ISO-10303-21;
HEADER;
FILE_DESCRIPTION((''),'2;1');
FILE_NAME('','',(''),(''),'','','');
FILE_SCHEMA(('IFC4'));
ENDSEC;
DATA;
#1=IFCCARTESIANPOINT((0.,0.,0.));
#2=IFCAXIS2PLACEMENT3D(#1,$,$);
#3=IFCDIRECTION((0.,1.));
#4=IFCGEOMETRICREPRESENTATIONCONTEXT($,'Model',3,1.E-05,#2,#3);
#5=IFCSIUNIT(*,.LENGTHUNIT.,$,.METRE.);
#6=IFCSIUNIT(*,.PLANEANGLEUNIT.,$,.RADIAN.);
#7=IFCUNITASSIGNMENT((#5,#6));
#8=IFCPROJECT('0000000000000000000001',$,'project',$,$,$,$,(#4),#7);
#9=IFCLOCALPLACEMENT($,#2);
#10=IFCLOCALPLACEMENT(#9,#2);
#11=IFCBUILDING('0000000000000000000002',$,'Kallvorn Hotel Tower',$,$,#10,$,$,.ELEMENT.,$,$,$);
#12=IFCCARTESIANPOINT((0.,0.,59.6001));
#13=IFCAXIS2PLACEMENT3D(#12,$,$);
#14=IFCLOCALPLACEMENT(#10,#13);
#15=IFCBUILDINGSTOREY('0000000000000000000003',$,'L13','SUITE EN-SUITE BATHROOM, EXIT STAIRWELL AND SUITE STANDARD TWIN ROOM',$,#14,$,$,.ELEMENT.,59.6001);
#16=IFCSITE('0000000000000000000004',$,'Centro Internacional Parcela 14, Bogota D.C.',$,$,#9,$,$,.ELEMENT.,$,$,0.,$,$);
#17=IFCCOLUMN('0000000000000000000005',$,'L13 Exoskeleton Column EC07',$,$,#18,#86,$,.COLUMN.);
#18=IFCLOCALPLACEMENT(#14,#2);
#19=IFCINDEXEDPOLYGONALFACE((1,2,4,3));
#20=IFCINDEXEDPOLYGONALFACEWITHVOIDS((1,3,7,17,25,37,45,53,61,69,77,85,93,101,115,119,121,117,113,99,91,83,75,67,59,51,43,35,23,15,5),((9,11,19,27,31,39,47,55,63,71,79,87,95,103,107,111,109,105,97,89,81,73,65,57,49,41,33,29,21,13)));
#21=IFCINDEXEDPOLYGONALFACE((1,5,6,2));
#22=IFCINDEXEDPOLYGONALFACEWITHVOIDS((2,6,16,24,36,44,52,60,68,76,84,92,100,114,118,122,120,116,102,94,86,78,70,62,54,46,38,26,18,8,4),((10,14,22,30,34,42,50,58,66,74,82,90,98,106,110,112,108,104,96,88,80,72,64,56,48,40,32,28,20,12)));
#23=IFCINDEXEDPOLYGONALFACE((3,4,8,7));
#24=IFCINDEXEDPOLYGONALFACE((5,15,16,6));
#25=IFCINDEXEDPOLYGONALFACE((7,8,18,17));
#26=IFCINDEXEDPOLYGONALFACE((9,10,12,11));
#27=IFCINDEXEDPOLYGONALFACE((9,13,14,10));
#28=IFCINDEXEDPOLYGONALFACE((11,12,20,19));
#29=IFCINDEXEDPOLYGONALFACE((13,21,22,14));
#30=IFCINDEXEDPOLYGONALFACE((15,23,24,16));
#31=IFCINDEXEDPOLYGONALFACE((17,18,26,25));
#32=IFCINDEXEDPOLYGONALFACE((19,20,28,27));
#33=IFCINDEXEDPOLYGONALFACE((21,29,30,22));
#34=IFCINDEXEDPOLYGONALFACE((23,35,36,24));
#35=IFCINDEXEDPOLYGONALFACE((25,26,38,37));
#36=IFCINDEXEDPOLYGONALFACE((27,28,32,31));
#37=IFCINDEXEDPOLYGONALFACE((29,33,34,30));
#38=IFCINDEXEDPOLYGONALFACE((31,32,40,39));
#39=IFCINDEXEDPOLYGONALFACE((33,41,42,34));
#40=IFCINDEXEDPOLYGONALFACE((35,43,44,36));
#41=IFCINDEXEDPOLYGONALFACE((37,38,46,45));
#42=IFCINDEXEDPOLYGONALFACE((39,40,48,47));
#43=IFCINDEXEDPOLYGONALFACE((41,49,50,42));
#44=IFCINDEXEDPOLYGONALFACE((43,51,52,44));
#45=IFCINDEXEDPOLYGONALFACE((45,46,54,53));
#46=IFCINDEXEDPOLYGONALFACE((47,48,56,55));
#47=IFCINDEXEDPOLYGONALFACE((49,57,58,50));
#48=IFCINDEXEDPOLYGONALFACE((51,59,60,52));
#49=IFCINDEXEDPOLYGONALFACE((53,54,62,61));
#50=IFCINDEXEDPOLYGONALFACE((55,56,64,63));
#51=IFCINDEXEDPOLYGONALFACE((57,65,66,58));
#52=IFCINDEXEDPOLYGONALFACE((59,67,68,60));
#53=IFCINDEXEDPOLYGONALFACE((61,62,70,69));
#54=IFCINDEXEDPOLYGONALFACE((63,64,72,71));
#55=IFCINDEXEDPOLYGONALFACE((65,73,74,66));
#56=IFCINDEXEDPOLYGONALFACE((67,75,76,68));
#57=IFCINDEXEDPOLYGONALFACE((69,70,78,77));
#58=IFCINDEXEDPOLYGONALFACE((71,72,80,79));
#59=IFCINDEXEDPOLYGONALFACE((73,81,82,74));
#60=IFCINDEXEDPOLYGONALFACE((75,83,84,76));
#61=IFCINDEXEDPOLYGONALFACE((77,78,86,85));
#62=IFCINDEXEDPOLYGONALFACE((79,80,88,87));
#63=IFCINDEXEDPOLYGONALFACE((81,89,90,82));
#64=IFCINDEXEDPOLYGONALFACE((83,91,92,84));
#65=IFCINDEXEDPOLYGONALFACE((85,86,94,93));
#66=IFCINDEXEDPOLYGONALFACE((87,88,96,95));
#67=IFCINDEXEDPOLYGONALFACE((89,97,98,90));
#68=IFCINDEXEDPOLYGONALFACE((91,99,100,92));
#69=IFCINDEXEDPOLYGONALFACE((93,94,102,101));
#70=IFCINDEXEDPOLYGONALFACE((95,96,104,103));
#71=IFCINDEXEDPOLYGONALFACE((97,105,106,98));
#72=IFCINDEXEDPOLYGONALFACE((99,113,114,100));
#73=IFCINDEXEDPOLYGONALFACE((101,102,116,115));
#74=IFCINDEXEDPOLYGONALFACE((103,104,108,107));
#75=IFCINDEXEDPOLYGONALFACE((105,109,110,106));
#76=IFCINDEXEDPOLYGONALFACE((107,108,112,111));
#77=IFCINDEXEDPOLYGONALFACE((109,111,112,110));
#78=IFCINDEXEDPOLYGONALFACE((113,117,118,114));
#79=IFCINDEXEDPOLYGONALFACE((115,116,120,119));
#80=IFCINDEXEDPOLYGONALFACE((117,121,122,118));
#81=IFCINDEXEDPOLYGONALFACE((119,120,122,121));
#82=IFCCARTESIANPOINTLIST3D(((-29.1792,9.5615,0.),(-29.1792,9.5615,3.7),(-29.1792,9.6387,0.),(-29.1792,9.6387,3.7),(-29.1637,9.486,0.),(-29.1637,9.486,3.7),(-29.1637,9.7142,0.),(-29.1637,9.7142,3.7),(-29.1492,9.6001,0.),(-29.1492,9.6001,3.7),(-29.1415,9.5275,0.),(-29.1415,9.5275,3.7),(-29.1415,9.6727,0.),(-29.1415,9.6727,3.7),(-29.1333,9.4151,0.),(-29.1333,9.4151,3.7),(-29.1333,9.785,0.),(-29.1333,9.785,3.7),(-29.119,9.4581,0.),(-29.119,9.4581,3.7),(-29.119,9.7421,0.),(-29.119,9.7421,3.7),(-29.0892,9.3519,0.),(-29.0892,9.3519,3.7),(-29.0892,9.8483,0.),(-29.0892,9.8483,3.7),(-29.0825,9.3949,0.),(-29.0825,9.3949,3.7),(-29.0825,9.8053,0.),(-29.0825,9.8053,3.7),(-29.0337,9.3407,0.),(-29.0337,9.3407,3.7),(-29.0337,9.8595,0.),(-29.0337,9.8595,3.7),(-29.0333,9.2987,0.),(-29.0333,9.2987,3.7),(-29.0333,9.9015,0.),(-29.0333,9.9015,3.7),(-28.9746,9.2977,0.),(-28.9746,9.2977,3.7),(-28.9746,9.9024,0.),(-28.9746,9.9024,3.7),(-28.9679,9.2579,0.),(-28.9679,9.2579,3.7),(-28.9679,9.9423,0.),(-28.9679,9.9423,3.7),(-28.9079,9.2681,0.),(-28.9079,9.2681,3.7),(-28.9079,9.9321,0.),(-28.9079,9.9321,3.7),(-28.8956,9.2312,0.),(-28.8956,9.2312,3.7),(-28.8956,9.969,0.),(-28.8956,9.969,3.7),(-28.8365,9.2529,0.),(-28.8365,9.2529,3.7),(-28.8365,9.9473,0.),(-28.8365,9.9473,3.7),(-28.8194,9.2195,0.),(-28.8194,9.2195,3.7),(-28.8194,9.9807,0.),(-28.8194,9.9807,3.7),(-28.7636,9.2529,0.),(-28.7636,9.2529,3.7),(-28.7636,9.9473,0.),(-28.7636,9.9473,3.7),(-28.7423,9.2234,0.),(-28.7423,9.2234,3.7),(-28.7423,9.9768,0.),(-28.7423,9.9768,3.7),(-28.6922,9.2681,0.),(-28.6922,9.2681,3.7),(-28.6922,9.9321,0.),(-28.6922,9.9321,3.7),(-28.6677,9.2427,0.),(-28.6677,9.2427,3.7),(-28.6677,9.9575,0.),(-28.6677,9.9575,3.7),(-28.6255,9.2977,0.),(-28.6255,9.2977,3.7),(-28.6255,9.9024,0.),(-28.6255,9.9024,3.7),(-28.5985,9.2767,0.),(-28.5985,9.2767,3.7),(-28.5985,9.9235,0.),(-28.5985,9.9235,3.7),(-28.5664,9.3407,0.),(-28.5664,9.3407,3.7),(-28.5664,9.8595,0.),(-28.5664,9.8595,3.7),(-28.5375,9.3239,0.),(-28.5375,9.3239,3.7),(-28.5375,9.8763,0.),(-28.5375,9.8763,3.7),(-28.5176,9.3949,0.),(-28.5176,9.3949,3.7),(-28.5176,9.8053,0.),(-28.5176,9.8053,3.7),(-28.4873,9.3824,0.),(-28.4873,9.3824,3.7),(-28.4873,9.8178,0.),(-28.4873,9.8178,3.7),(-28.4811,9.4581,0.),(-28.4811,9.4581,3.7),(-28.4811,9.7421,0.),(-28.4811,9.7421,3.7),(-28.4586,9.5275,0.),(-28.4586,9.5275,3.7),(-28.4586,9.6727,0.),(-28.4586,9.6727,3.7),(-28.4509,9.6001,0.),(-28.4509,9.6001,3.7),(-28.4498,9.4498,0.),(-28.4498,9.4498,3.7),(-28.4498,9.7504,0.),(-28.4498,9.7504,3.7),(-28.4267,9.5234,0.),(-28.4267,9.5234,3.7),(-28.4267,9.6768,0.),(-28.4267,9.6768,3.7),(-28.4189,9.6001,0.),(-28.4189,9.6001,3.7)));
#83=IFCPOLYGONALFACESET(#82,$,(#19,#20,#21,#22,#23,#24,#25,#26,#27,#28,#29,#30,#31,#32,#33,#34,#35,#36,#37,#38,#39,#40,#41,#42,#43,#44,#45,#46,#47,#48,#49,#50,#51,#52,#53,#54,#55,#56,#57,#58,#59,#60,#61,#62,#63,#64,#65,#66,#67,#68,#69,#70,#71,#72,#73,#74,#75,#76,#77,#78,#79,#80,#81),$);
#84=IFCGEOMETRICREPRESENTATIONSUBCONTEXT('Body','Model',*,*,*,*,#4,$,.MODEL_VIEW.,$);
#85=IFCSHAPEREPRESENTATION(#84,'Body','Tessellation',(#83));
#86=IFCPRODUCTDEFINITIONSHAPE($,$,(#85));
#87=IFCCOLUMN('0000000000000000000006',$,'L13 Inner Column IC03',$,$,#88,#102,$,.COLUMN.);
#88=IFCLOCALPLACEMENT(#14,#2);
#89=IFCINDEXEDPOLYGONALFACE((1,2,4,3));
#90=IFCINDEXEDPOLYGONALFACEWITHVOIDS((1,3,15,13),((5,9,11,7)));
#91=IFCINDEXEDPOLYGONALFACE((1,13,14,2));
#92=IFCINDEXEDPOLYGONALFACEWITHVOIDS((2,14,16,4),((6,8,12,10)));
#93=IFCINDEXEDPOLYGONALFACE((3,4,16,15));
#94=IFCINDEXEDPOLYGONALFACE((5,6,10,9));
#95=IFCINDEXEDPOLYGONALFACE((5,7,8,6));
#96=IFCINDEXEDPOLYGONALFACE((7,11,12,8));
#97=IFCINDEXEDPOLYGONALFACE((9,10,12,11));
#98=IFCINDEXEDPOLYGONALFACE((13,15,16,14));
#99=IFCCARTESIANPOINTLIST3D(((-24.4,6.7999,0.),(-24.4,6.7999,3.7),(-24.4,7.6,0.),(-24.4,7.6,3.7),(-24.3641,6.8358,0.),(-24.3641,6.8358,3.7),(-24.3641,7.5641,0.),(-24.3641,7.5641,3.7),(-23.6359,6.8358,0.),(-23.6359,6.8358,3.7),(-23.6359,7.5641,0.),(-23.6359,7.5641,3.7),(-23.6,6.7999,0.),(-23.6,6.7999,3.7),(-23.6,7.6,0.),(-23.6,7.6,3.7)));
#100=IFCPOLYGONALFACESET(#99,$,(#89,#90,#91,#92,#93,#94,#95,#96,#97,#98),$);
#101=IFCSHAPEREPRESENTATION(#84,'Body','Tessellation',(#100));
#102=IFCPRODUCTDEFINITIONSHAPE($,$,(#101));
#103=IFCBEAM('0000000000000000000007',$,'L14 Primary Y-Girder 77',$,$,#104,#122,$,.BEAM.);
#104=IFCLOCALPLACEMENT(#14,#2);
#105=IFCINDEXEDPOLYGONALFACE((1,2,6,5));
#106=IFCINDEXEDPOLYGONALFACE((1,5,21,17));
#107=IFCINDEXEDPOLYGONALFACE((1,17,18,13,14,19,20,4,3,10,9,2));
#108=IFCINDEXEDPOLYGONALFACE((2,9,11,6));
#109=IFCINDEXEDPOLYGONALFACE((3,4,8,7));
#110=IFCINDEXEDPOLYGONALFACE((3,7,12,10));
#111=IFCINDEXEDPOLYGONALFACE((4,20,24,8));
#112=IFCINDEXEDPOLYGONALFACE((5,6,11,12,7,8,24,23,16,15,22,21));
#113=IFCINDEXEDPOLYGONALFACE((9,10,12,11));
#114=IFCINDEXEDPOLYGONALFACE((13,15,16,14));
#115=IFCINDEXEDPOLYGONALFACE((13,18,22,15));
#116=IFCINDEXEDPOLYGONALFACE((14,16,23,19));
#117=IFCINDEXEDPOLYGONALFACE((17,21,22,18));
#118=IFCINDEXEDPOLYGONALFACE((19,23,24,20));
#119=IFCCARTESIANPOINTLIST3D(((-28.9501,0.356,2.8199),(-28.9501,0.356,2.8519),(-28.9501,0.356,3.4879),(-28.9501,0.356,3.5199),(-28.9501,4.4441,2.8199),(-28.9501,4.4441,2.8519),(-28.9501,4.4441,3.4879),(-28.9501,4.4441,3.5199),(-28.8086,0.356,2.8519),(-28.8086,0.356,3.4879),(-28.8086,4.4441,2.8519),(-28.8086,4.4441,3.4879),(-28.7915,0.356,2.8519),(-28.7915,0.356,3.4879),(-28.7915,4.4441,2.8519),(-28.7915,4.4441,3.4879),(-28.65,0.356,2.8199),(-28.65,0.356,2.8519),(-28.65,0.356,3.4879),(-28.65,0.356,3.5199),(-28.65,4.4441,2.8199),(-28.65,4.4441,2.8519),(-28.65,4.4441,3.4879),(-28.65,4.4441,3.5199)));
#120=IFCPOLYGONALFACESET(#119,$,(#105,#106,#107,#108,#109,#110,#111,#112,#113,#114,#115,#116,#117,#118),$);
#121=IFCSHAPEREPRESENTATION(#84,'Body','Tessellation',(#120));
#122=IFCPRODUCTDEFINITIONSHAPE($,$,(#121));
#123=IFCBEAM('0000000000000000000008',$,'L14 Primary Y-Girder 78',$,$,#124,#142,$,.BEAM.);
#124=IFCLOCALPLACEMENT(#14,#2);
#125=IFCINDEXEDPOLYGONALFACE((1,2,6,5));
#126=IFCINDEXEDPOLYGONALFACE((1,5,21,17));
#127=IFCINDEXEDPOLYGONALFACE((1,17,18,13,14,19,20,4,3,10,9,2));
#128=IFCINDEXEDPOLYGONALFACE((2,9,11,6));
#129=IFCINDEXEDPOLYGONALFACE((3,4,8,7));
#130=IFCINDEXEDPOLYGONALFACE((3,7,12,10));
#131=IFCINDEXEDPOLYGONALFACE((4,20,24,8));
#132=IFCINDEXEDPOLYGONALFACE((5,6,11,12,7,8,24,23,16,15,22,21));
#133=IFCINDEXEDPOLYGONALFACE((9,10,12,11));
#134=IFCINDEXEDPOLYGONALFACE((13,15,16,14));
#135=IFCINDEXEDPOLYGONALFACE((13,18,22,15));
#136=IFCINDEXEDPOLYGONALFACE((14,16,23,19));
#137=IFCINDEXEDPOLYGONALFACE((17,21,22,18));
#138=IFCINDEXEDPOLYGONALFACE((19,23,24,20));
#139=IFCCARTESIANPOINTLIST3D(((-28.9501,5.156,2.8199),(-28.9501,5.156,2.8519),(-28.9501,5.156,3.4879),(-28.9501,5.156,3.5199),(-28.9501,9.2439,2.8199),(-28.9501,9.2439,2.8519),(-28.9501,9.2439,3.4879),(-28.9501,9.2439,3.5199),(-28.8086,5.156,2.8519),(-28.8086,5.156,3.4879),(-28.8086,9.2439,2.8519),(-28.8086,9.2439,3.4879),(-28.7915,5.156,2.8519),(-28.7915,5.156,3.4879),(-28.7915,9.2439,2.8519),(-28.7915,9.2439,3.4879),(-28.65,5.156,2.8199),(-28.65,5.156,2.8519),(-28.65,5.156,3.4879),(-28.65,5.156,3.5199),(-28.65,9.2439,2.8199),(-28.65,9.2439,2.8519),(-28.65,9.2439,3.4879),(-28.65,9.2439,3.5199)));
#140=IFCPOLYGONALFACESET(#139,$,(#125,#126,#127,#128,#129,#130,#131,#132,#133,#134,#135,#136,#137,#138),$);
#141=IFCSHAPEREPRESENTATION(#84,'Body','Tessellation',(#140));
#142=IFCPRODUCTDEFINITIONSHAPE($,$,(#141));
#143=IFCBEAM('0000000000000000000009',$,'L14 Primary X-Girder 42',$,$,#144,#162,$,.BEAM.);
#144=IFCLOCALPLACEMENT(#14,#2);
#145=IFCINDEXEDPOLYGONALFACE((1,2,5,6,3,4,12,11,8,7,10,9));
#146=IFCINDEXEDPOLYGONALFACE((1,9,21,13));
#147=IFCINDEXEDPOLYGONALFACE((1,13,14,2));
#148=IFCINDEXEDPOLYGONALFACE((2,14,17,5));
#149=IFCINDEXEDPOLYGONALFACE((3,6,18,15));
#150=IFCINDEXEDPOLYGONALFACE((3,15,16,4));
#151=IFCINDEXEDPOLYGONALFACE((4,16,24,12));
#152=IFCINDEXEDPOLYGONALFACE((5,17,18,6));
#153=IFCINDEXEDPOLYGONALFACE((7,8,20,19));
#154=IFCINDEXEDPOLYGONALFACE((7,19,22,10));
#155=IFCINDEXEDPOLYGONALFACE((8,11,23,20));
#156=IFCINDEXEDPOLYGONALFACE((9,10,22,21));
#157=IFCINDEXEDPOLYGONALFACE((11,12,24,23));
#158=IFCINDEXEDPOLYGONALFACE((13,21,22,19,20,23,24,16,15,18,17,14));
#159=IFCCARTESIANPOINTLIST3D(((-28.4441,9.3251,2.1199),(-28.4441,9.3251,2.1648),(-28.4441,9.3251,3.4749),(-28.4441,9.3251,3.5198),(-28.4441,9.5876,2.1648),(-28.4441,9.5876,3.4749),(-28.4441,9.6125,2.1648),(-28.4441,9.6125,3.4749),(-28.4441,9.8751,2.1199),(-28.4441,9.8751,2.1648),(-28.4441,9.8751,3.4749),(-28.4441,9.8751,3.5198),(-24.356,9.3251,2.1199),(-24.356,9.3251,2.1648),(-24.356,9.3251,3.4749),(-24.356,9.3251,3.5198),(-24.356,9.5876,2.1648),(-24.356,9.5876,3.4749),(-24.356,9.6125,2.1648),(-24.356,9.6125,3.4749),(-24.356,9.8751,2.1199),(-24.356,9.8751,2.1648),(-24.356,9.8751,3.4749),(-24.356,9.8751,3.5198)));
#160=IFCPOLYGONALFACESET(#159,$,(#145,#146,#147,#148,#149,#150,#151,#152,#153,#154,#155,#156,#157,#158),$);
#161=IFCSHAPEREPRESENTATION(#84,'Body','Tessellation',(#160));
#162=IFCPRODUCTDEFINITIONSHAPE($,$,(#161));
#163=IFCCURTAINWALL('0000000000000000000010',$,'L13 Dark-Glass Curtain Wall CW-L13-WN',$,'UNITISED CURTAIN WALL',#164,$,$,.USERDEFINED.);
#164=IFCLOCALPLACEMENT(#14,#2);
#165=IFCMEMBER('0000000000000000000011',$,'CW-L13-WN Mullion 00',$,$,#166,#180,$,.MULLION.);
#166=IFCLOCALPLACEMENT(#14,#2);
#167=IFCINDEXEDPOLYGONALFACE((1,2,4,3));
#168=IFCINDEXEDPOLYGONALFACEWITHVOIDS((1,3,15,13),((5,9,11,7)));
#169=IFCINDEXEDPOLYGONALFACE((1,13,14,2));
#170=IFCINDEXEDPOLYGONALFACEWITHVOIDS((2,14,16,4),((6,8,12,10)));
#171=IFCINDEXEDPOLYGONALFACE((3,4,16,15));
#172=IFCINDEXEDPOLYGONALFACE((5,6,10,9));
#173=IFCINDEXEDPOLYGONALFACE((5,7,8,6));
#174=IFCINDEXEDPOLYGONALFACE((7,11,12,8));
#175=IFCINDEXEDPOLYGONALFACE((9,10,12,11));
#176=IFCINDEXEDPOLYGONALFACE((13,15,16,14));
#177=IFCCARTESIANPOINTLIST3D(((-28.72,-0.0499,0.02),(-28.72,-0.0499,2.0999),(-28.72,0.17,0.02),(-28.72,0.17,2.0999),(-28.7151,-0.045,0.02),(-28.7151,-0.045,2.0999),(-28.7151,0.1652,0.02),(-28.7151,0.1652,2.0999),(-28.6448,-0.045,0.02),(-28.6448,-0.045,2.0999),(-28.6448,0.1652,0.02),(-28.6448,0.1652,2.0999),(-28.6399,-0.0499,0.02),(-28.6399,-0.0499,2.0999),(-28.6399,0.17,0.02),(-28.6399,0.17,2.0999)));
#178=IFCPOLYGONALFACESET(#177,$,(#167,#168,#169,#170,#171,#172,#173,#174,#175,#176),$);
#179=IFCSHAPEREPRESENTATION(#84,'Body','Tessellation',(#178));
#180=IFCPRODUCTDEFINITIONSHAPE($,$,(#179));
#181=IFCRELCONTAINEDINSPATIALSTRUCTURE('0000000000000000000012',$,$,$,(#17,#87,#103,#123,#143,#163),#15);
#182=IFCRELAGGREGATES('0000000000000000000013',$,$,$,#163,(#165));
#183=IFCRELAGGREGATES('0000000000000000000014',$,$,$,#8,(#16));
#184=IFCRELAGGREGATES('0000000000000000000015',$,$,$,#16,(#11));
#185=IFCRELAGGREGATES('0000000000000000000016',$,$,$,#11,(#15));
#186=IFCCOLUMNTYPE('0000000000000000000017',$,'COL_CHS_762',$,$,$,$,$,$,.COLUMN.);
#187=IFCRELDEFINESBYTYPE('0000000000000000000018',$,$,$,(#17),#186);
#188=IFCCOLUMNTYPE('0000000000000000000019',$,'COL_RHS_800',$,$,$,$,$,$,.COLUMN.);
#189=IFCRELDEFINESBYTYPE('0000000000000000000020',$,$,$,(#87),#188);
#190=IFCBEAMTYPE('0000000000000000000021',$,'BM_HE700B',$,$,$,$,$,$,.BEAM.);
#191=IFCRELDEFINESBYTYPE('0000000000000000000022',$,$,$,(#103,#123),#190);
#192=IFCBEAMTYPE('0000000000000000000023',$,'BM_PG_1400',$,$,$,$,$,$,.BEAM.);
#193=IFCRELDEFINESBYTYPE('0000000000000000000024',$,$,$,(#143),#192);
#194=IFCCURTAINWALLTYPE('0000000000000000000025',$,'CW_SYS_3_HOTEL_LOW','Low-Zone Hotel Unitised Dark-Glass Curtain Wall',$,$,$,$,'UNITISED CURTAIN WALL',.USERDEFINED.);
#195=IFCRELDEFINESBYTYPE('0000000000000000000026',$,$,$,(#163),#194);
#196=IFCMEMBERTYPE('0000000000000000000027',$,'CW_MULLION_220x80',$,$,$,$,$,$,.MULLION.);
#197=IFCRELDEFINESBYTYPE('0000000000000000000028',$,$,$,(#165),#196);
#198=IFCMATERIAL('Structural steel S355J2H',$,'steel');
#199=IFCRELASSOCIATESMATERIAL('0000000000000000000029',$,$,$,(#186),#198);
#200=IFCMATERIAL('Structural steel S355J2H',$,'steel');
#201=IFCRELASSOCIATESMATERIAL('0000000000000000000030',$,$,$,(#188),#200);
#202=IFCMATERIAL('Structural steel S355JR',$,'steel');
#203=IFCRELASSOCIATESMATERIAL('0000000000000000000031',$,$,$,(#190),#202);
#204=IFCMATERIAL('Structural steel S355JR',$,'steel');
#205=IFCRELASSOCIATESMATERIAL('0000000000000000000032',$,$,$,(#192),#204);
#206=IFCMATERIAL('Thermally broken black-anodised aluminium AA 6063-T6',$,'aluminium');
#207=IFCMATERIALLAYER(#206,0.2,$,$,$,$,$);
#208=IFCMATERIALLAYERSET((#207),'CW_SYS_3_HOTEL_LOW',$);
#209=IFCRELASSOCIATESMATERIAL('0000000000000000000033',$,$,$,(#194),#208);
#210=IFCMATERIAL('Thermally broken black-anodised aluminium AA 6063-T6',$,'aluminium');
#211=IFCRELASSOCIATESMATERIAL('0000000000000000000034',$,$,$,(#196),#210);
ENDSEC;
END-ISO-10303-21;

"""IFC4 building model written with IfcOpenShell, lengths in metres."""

from ifc_helpers import new_model, si_unit, direction, frame, origin, origin_2d, place, context, subcontext, project, spatial, hollow_rectangle, hollow_circle, i_section, extrude, material, layer, layer_set, material_profile, profile_set, type_object, element, aggregate, save


model = new_model("IFC4")

# Units and contexts
model_context = context("Model", 3, precision=1e-05, world=origin(), true_north=direction((0.0, 1.0)))
body_context = subcontext(model_context, "Body", "Model", "MODEL_VIEW")
ifc_project = project(units=[si_unit("LENGTHUNIT", "METRE"), si_unit("PLANEANGLEUNIT", "RADIAN")], contexts=[model_context])

# Site, building, storey
site_placement = place(None, origin())
site = spatial("IfcSite", under=ifc_project, at=site_placement, Name="Centro Internacional Parcela 14, Bogota D.C.", CompositionType="ELEMENT", RefElevation=0.0)
building_placement = place(site_placement, origin())
building = spatial("IfcBuilding", under=site, at=building_placement, Name="Kallvorn Hotel Tower", CompositionType="ELEMENT")
storey_placement = place(building_placement, frame((0.0, 0.0, 59.6001)))
storey = spatial("IfcBuildingStorey", under=building, at=storey_placement, Name="L13", Description="SUITE EN-SUITE BATHROOM, EXIT STAIRWELL AND SUITE STANDARD TWIN ROOM", CompositionType="ELEMENT", Elevation=59.6001)

# Columns
ifc_material_1 = material(Name="Structural steel S355J2H", Category="steel")
ifc_material_profile_1 = material_profile(ifc_material_1, hollow_circle(Radius=0.3811, WallThickness=0.032, at=origin_2d()), Name="CHS 762x32")
ifc_profile_set_1 = profile_set([ifc_material_profile_1], Name="Structural steel S355J2H")
column_type_1 = type_object("IfcColumnType", Name="COL_CHS_762", PredefinedType="COLUMN", material=ifc_profile_set_1)
for number, where, z_axis, x_axis, name in (
    (1, (-28.8, 9.6001, 0.0), (0.0, 0.0, 1.0), (1.0, 0.0, 0.0), "L13 Exoskeleton Column EC07"),
):
    element("IfcColumn", number, at=place(storey_placement, frame(where, z_axis=z_axis, x_axis=x_axis)), inside=storey, type_object=column_type_1, Name=name, PredefinedType="COLUMN", context=body_context, shape_type="SweptSolid", body=[
        extrude(hollow_circle(Radius=0.3811, WallThickness=0.032, at=origin_2d()), origin(), (0.0, 0.0, 1.0), 3.7),
    ])
ifc_material_2 = material(Name="Structural steel S355J2H", Category="steel")
ifc_material_profile_2 = material_profile(ifc_material_2, hollow_rectangle(XDim=0.8, YDim=0.8, WallThickness=0.0359, at=origin_2d()), Name="RHS 800x800x36")
ifc_profile_set_2 = profile_set([ifc_material_profile_2], Name="Structural steel S355J2H")
column_type_2 = type_object("IfcColumnType", Name="COL_RHS_800", PredefinedType="COLUMN", material=ifc_profile_set_2)
column_placement = place(storey_placement, frame((-24.0, 7.2, 0.0), z_axis=(0.0, 0.0, 1.0), x_axis=(1.0, 0.0, 0.0)))
element("IfcColumn", 2, at=column_placement, inside=storey, type_object=column_type_2, Name="L13 Inner Column IC03", PredefinedType="COLUMN", context=body_context, shape_type="SweptSolid", body=[
    extrude(hollow_rectangle(XDim=0.8, YDim=0.8, WallThickness=0.0359, at=origin_2d()), origin(), (0.0, 0.0, 1.0), 3.7),
])

# Beams
ifc_material_3 = material(Name="Structural steel S355JR", Category="steel")
ifc_material_profile_3 = material_profile(ifc_material_3, i_section(OverallWidth=0.3, OverallDepth=0.7, WebThickness=0.0171, FlangeThickness=0.032, at=origin_2d()), Name="HE 700 B")
ifc_profile_set_3 = profile_set([ifc_material_profile_3], Name="Structural steel S355JR")
beam_type_1 = type_object("IfcBeamType", Name="BM_HE700B", PredefinedType="BEAM", material=ifc_profile_set_3)
beam_1_placement = place(storey_placement, frame((-28.8, 0.356, 3.1699), z_axis=(0.0, 1.0, 0.0), x_axis=(-1.0, 0.0, 0.0)))
element("IfcBeam", 3, at=beam_1_placement, inside=storey, type_object=beam_type_1, Name="L14 Primary Y-Girder 77", PredefinedType="BEAM", context=body_context, shape_type="SweptSolid", body=[
    extrude(i_section(OverallWidth=0.3, OverallDepth=0.7, WebThickness=0.0171, FlangeThickness=0.032, at=origin_2d()), origin(), (0.0, 0.0, 1.0), 4.0881),
])
beam_2_placement = place(storey_placement, frame((-28.8, 5.156, 3.1699), z_axis=(0.0, 1.0, 0.0), x_axis=(-1.0, 0.0, 0.0)))
element("IfcBeam", 4, at=beam_2_placement, inside=storey, type_object=beam_type_1, Name="L14 Primary Y-Girder 78", PredefinedType="BEAM", context=body_context, shape_type="SweptSolid", body=[
    extrude(i_section(OverallWidth=0.3, OverallDepth=0.7, WebThickness=0.0171, FlangeThickness=0.032, at=origin_2d()), origin(), (0.0, 0.0, 1.0), 4.0879),
])
ifc_material_4 = material(Name="Structural steel S355JR", Category="steel")
ifc_material_profile_4 = material_profile(ifc_material_4, i_section(OverallWidth=0.55, OverallDepth=1.3999, WebThickness=0.0249, FlangeThickness=0.0449, at=origin_2d()), Name="PG 1400x550x25x45")
ifc_profile_set_4 = profile_set([ifc_material_profile_4], Name="Structural steel S355JR")
beam_type_2 = type_object("IfcBeamType", Name="BM_PG_1400", PredefinedType="BEAM", material=ifc_profile_set_4)
beam_3_placement = place(storey_placement, frame((-28.4441, 9.6001, 2.8198), z_axis=(1.0, 0.0, 0.0), x_axis=(0.0, 1.0, 0.0)))
element("IfcBeam", 5, at=beam_3_placement, inside=storey, type_object=beam_type_2, Name="L14 Primary X-Girder 42", PredefinedType="BEAM", context=body_context, shape_type="SweptSolid", body=[
    extrude(i_section(OverallWidth=0.55, OverallDepth=1.3999, WebThickness=0.0249, FlangeThickness=0.0449, at=origin_2d()), origin(), (0.0, 0.0, 1.0), 4.0881),
])

# Curtain wall, member
ifc_material_5 = material(Name="Thermally broken black-anodised aluminium AA 6063-T6", Category="aluminium")
ifc_layer_1 = layer(ifc_material_5, 0.2)
ifc_layer_set_1 = layer_set([ifc_layer_1], Name="CW_SYS_3_HOTEL_LOW")
curtain_wall_type = type_object("IfcCurtainWallType", Name="CW_SYS_3_HOTEL_LOW", Description="Low-Zone Hotel Unitised Dark-Glass Curtain Wall", ElementType="UNITISED CURTAIN WALL", PredefinedType="USERDEFINED", material=ifc_layer_set_1)
curtain_wall_placement = place(storey_placement, origin())
curtain_wall = element("IfcCurtainWall", 6, at=curtain_wall_placement, inside=storey, type_object=curtain_wall_type, Name="L13 Dark-Glass Curtain Wall CW-L13-WN", ObjectType="UNITISED CURTAIN WALL", PredefinedType="USERDEFINED")
ifc_material_6 = material(Name="Thermally broken black-anodised aluminium AA 6063-T6", Category="aluminium")
ifc_material_profile_5 = material_profile(ifc_material_6, hollow_rectangle(XDim=0.0801, YDim=0.22, WallThickness=0.0049, at=origin_2d()), Name="MUL 220x80")
ifc_profile_set_5 = profile_set([ifc_material_profile_5], Name="Thermally broken black-anodised aluminium AA 6063-T6")
member_type_1 = type_object("IfcMemberType", Name="CW_MULLION_220x80", PredefinedType="MULLION", material=ifc_profile_set_5)
member_1_placement = place(storey_placement, frame((-28.6799, 0.0601, 0.02), z_axis=(0.0, 0.0, 1.0), x_axis=(1.0, 0.0, 0.0)))
member_1 = element("IfcMember", 7, at=member_1_placement, type_object=member_type_1, Name="CW-L13-WN Mullion 00", PredefinedType="MULLION", context=body_context, shape_type="SweptSolid", body=[
    extrude(hollow_rectangle(XDim=0.0801, YDim=0.22, WallThickness=0.0049, at=origin_2d()), origin(), (0.0, 0.0, 1.0), 2.0798),
])
aggregate(curtain_wall, [member_1])

save(model, "model.ifc")
